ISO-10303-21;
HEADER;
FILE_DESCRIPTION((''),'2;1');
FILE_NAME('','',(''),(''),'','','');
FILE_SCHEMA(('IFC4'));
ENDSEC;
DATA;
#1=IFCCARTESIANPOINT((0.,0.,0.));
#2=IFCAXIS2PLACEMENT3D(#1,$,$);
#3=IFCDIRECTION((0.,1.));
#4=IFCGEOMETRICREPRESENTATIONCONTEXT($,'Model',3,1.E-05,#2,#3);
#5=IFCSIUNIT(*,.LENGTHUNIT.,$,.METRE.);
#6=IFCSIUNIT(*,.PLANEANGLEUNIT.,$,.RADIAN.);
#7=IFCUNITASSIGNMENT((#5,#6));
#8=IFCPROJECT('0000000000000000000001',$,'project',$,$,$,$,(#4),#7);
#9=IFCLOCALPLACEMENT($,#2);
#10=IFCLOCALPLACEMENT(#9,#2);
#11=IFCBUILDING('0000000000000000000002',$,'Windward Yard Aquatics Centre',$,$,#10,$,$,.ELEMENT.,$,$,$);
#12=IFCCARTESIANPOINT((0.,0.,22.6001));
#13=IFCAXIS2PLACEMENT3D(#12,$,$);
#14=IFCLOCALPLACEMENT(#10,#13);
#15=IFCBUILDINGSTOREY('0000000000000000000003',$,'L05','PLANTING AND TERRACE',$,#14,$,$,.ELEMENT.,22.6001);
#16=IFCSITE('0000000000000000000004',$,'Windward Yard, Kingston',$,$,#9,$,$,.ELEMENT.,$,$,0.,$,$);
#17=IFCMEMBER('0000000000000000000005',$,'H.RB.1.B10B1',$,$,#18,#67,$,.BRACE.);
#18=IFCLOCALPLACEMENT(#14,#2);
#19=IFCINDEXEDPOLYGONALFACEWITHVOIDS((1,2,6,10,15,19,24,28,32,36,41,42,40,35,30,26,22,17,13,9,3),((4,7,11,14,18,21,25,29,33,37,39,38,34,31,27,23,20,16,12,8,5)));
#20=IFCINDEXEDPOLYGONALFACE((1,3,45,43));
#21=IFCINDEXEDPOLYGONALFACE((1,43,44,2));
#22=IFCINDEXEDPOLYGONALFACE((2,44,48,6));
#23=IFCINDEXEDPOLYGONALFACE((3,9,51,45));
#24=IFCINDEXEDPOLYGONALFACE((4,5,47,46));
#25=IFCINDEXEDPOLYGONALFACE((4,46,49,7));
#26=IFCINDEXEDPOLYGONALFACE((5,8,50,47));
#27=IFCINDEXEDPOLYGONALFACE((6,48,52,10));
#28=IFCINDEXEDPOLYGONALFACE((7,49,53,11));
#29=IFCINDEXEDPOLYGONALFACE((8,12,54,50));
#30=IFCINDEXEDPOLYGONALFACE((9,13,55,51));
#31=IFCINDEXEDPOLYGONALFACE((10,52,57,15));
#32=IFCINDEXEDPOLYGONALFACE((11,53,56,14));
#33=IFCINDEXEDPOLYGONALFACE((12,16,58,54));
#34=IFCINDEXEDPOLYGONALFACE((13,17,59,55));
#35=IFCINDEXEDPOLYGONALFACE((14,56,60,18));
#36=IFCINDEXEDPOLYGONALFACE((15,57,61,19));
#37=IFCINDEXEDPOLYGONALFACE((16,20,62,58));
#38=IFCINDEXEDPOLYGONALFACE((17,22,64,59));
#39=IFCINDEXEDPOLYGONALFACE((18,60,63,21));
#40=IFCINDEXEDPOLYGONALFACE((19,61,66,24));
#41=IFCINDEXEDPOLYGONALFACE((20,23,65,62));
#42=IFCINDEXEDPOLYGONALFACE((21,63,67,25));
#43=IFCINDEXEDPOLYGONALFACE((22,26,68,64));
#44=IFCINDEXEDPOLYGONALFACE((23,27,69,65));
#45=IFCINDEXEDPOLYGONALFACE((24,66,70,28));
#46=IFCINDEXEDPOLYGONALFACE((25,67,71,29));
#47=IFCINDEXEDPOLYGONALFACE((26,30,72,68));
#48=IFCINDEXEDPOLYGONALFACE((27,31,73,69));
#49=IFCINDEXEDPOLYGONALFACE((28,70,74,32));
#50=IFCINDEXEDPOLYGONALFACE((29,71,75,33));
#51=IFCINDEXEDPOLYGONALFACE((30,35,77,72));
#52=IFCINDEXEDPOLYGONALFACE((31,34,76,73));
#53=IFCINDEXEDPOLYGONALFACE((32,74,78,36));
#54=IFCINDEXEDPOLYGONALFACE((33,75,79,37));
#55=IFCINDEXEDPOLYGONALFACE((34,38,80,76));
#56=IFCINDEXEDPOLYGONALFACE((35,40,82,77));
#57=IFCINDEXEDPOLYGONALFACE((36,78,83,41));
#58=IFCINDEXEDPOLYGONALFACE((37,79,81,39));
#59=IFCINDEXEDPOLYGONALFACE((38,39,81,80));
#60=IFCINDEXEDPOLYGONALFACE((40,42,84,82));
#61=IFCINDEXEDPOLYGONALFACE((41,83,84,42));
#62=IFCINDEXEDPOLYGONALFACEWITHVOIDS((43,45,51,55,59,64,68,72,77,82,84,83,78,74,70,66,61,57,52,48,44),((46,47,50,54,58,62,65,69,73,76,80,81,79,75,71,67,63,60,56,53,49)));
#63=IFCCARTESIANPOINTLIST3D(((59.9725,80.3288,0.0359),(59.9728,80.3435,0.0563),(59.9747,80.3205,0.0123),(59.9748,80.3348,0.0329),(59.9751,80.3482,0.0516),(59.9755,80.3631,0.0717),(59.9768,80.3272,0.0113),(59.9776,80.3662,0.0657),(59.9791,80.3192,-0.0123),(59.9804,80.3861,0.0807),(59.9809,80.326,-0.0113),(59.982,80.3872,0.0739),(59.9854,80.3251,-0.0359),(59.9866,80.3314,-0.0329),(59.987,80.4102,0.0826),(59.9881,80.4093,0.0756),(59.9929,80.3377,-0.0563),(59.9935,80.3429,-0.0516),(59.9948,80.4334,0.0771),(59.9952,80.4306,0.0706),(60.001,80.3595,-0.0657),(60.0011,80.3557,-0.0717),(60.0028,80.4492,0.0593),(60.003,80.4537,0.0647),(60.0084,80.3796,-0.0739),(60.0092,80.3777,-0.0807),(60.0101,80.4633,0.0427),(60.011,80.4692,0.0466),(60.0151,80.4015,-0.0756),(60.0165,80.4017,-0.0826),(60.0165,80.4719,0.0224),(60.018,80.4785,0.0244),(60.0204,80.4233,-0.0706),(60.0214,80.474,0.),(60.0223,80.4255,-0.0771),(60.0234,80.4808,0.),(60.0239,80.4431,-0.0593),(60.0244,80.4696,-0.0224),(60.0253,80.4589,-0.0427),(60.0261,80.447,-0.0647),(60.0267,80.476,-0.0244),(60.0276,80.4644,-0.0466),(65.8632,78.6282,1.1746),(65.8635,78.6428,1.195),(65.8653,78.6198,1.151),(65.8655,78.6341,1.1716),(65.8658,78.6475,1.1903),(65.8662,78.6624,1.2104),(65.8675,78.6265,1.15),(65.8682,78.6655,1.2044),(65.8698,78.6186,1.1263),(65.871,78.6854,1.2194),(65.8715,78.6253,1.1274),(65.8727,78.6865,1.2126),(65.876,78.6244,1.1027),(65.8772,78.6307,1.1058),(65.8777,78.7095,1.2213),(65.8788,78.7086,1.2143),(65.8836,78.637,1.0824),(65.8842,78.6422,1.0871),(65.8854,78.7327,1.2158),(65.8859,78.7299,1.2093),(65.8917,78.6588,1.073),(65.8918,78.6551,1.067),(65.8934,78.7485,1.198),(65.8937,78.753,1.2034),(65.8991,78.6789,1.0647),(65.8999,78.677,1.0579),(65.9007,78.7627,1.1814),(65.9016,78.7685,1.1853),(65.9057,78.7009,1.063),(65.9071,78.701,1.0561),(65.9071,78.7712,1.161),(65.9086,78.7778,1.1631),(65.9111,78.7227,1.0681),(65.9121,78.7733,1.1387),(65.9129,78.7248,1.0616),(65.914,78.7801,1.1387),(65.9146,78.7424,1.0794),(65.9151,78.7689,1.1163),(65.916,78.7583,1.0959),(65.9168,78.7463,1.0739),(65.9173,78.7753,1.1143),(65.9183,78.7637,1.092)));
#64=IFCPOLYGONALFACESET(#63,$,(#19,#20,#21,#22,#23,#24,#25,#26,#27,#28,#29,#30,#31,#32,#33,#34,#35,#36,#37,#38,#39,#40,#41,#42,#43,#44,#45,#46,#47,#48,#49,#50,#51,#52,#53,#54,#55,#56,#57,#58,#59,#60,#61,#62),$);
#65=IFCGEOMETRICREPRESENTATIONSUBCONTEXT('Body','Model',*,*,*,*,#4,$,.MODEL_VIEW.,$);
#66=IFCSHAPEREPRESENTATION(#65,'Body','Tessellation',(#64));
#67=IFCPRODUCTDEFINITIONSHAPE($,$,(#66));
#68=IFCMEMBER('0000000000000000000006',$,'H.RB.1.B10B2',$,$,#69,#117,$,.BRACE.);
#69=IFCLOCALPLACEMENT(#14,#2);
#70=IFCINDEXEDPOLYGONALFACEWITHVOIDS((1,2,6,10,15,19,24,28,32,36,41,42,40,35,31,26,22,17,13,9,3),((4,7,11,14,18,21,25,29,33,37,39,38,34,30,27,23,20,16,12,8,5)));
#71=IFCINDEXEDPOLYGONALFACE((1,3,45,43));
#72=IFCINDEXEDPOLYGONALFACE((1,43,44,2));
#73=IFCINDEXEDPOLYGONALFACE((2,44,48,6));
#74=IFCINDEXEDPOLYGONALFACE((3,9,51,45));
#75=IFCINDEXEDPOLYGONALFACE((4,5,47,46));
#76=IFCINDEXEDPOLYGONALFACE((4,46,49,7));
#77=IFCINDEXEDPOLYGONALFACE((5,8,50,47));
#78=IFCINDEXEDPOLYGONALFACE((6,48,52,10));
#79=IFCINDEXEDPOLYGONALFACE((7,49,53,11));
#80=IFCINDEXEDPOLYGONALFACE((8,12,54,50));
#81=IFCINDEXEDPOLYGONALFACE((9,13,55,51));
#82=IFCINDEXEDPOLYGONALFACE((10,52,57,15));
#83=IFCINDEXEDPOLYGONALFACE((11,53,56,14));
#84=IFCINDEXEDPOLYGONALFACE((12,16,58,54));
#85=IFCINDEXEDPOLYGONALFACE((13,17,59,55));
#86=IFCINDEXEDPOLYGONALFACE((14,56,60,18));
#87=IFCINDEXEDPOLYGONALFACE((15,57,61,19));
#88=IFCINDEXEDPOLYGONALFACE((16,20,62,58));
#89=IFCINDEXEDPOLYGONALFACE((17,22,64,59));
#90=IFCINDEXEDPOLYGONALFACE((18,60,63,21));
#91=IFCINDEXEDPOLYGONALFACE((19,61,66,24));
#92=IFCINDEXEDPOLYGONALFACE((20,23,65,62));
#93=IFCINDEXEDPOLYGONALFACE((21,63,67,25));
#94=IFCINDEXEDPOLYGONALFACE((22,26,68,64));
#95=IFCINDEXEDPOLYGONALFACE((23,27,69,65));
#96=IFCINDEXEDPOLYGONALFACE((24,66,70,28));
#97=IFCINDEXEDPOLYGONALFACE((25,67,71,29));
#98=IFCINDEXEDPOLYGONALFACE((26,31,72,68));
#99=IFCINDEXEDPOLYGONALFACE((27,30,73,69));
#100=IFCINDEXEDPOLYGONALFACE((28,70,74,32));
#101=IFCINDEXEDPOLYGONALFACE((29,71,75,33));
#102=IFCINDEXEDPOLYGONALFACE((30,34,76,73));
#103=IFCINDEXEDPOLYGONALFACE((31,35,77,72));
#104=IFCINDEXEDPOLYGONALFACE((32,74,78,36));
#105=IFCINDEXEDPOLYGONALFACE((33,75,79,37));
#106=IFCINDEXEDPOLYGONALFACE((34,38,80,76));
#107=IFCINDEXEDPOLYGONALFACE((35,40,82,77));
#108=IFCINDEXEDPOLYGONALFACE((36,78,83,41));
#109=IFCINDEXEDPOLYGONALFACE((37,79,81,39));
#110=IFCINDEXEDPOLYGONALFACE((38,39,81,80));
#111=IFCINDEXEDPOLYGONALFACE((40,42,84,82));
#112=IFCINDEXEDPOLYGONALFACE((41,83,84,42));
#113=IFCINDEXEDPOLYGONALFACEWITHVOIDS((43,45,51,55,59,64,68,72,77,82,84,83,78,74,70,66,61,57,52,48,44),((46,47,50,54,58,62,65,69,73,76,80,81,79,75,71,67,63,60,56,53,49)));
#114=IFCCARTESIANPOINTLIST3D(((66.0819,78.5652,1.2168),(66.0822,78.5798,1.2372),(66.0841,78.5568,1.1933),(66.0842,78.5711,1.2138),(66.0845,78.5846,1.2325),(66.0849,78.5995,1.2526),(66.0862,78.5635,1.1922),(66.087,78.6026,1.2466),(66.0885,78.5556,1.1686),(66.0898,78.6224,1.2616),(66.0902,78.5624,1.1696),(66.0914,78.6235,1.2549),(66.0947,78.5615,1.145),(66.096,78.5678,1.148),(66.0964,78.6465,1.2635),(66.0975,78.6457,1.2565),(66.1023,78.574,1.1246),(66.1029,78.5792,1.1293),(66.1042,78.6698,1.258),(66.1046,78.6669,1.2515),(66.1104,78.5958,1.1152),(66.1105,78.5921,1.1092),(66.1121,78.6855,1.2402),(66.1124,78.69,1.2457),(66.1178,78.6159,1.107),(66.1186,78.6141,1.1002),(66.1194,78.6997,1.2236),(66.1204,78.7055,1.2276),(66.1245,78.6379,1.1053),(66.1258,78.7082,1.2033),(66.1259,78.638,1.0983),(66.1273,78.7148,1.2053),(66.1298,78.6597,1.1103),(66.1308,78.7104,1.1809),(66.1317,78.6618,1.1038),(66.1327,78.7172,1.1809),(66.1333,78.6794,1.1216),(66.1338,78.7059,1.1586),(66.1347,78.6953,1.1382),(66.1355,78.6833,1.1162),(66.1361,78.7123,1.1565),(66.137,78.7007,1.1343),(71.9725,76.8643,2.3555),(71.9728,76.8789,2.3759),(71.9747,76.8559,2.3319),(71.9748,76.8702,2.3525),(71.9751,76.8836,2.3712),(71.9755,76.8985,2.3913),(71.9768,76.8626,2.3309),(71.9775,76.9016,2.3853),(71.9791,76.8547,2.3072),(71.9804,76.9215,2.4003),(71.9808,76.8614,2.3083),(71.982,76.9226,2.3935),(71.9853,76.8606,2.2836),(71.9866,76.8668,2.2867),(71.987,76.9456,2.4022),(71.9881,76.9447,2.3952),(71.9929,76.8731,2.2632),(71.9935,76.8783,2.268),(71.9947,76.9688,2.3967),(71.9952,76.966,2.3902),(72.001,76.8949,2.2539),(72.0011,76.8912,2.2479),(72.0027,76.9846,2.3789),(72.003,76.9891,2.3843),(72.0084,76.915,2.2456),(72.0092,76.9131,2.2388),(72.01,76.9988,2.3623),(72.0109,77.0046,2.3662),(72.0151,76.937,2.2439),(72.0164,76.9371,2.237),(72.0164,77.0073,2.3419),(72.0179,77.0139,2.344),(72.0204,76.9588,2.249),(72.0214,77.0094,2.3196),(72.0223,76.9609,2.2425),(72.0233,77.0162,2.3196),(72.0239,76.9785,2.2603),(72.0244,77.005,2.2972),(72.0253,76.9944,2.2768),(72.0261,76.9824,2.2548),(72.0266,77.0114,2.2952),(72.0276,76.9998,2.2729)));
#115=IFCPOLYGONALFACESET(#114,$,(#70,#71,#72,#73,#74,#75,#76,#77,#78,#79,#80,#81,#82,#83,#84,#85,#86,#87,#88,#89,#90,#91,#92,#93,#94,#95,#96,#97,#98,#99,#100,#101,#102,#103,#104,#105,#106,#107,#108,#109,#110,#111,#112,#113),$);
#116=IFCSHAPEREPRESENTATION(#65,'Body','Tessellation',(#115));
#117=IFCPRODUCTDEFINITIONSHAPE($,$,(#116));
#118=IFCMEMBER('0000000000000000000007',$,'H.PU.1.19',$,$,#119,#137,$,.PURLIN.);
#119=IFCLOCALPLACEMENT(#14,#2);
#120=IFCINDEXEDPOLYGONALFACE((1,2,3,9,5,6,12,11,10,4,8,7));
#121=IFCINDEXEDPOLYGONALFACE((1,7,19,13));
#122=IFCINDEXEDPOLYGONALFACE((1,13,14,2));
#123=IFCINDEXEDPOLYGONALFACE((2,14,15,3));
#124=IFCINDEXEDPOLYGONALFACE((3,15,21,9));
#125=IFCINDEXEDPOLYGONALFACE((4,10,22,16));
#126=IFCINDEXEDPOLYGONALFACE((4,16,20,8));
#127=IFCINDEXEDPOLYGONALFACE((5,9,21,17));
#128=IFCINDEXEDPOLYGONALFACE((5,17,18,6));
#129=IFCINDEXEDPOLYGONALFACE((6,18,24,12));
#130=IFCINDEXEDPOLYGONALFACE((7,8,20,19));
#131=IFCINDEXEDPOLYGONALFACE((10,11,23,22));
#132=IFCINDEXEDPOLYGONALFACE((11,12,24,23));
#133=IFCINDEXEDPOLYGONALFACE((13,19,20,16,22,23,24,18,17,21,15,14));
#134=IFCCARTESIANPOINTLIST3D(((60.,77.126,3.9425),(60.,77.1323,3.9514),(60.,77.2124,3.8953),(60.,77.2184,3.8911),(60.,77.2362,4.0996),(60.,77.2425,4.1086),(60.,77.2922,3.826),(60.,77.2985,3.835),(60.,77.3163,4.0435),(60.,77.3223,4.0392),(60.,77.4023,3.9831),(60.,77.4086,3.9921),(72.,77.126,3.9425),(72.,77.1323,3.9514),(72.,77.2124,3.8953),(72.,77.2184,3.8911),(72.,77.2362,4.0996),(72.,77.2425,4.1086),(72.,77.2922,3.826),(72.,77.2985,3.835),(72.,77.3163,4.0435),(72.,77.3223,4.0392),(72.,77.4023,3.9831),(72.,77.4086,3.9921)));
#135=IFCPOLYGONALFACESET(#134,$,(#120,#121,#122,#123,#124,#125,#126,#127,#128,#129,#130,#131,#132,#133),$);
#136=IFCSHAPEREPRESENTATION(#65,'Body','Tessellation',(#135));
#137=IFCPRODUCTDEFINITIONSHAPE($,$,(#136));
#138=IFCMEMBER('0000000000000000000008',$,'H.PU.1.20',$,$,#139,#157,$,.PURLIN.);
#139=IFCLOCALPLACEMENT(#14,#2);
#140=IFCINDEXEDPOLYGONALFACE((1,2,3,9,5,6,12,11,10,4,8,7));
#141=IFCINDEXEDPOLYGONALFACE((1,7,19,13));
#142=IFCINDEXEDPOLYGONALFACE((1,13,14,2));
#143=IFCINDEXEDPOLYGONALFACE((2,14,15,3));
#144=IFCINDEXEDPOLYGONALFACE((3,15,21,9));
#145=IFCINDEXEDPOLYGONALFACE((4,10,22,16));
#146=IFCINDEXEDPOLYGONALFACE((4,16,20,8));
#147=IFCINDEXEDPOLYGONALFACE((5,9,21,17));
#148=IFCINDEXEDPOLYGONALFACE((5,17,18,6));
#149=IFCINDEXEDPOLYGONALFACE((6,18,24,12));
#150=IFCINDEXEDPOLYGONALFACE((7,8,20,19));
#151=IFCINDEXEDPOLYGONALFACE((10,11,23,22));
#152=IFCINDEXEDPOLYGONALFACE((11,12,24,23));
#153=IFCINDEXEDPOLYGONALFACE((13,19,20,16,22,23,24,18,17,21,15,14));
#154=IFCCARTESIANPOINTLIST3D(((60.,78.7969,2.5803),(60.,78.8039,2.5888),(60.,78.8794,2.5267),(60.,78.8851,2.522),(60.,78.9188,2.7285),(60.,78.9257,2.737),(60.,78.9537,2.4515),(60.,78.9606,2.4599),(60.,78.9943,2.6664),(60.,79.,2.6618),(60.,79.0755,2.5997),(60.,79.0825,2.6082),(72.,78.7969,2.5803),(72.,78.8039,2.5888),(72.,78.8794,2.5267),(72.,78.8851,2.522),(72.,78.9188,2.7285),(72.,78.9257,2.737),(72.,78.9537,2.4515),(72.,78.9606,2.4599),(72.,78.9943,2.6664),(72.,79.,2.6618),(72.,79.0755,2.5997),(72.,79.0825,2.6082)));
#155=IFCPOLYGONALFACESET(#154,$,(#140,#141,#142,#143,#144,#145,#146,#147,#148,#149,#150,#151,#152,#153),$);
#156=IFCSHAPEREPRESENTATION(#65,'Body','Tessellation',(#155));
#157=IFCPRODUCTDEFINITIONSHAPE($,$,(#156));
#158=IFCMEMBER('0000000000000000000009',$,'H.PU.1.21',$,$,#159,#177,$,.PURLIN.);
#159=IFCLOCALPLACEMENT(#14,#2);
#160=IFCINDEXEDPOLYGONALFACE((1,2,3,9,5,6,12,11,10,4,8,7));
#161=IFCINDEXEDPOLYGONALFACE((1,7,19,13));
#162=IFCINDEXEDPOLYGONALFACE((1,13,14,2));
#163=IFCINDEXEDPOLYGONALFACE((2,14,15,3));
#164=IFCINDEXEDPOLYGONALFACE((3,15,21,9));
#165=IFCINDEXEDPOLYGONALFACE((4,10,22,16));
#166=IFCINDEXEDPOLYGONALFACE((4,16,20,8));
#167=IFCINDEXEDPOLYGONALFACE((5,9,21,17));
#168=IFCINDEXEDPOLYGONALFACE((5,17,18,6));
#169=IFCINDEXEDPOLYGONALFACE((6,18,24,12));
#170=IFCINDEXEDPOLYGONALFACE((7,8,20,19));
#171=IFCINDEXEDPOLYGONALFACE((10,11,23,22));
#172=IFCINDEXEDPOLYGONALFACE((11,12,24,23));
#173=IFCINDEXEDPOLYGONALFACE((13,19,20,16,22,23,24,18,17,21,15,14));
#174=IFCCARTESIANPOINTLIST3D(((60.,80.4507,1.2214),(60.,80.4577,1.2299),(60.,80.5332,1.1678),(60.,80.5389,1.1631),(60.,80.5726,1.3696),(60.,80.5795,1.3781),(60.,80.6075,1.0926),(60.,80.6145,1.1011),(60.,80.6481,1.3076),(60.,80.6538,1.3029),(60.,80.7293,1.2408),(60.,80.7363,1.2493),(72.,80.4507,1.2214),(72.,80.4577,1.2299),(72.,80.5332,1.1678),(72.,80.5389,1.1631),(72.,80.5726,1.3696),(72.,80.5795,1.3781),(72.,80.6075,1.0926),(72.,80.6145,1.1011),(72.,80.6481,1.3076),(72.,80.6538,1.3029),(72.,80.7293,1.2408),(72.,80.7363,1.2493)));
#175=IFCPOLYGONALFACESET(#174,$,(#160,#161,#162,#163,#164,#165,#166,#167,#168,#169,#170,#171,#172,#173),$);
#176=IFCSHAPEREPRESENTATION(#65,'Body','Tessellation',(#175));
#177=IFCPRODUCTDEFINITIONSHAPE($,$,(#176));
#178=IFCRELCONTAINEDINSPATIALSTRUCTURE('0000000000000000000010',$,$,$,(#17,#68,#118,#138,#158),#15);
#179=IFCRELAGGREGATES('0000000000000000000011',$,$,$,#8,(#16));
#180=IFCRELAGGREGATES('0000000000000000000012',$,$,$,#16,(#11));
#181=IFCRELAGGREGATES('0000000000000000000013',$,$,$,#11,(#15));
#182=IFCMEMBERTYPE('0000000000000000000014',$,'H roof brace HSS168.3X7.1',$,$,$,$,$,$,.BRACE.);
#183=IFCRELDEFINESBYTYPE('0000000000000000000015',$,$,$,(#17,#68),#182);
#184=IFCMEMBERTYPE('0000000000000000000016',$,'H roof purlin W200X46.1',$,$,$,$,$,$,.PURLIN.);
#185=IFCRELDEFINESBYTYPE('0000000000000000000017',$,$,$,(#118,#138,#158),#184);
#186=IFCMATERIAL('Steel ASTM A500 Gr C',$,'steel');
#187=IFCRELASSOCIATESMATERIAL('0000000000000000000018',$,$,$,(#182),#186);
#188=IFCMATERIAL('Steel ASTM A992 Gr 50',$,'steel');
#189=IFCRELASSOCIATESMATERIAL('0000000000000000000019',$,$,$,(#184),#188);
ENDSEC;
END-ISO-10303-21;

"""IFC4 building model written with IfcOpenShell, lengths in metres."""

from ifc_helpers import new_model, si_unit, direction, frame, origin, origin_2d, place, context, subcontext, project, spatial, hollow_circle, i_section, extrude, material, material_profile, profile_set, type_object, element, save


model = new_model("IFC4")

# Units and contexts
model_context = context("Model", 3, precision=1e-05, world=origin(), true_north=direction((0.0, 1.0)))
body_context = subcontext(model_context, "Body", "Model", "MODEL_VIEW")
ifc_project = project(units=[si_unit("LENGTHUNIT", "METRE"), si_unit("PLANEANGLEUNIT", "RADIAN")], contexts=[model_context])

# Site, building, storey
site_placement = place(None, origin())
site = spatial("IfcSite", under=ifc_project, at=site_placement, Name="Windward Yard, Kingston", CompositionType="ELEMENT", RefElevation=0.0)
building_placement = place(site_placement, origin())
building = spatial("IfcBuilding", under=site, at=building_placement, Name="Windward Yard Aquatics Centre", CompositionType="ELEMENT")
storey_placement = place(building_placement, frame((0.0, 0.0, 22.6001)))
storey = spatial("IfcBuildingStorey", under=building, at=storey_placement, Name="L05", Description="PLANTING AND TERRACE", CompositionType="ELEMENT", Elevation=22.6001)

# Shared definitions
ifc_material_1 = material(Name="Steel ASTM A500 Gr C", Category="steel")

# Shared definitions
ifc_material_2 = material(Name="Steel ASTM A992 Gr 50", Category="steel")

# Members
ifc_material_profile_1 = material_profile(ifc_material_1, hollow_circle(Radius=0.0842, WallThickness=0.0071, at=origin_2d()), Name="HSS168.3X7.1")
ifc_profile_set_1 = profile_set([ifc_material_profile_1], Name="Steel ASTM A500 Gr C")
member_type_1 = type_object("IfcMemberType", Name="H roof brace HSS168.3X7.1", PredefinedType="BRACE", material=ifc_profile_set_1)
for number, where, z_axis, x_axis, name in (
    (1, (60.0, 80.3999, 0.0), (0.944608, -0.272718, 0.182595), (0.277381, 0.96076, 0.0), "H.RB.1.B10B1"),
    (2, (66.1094, 78.6362, 1.1809), (0.944598, -0.272754, 0.182593), (0.277418, 0.960749, 0.0), "H.RB.1.B10B2"),
):
    element("IfcMember", number, at=place(storey_placement, frame(where, z_axis=z_axis, x_axis=x_axis)), inside=storey, type_object=member_type_1, Name=name, PredefinedType="BRACE", context=body_context, shape_type="SweptSolid", body=[
        extrude(hollow_circle(Radius=0.0842, WallThickness=0.0071, at=origin_2d()), origin(), (0.0, 0.0, 1.0), 6.2361),
    ])
ifc_material_profile_2 = material_profile(ifc_material_2, i_section(OverallWidth=0.2029, OverallDepth=0.2029, WebThickness=0.0073, FlangeThickness=0.011, at=origin_2d()), Name="W200X46.1")
ifc_profile_set_2 = profile_set([ifc_material_profile_2], Name="Steel ASTM A992 Gr 50")
member_type_2 = type_object("IfcMemberType", Name="H roof purlin W200X46.1", PredefinedType="PURLIN", material=ifc_profile_set_2)
for number, where, z_axis, x_axis, name in (
    (3, (60.0, 77.2673, 3.9673), (1.0, 0.0, 0.0), (0.0, 0.818831, -0.574035), "H.PU.1.19"),
    (4, (60.0, 78.9397, 2.5942), (1.0, 0.0, 0.0), (0.0, 0.772611, -0.63488), "H.PU.1.20"),
    (5, (60.0, 80.5935, 1.2354), (1.0, 0.0, 0.0), (0.0, 0.772611, -0.63488), "H.PU.1.21"),
):
    element("IfcMember", number, at=place(storey_placement, frame(where, z_axis=z_axis, x_axis=x_axis)), inside=storey, type_object=member_type_2, Name=name, PredefinedType="PURLIN", context=body_context, shape_type="SweptSolid", body=[
        extrude(i_section(OverallWidth=0.2029, OverallDepth=0.2029, WebThickness=0.0073, FlangeThickness=0.011, at=origin_2d()), origin(), (0.0, 0.0, 1.0), 12.0),
    ])

save(model, "model.ifc")
